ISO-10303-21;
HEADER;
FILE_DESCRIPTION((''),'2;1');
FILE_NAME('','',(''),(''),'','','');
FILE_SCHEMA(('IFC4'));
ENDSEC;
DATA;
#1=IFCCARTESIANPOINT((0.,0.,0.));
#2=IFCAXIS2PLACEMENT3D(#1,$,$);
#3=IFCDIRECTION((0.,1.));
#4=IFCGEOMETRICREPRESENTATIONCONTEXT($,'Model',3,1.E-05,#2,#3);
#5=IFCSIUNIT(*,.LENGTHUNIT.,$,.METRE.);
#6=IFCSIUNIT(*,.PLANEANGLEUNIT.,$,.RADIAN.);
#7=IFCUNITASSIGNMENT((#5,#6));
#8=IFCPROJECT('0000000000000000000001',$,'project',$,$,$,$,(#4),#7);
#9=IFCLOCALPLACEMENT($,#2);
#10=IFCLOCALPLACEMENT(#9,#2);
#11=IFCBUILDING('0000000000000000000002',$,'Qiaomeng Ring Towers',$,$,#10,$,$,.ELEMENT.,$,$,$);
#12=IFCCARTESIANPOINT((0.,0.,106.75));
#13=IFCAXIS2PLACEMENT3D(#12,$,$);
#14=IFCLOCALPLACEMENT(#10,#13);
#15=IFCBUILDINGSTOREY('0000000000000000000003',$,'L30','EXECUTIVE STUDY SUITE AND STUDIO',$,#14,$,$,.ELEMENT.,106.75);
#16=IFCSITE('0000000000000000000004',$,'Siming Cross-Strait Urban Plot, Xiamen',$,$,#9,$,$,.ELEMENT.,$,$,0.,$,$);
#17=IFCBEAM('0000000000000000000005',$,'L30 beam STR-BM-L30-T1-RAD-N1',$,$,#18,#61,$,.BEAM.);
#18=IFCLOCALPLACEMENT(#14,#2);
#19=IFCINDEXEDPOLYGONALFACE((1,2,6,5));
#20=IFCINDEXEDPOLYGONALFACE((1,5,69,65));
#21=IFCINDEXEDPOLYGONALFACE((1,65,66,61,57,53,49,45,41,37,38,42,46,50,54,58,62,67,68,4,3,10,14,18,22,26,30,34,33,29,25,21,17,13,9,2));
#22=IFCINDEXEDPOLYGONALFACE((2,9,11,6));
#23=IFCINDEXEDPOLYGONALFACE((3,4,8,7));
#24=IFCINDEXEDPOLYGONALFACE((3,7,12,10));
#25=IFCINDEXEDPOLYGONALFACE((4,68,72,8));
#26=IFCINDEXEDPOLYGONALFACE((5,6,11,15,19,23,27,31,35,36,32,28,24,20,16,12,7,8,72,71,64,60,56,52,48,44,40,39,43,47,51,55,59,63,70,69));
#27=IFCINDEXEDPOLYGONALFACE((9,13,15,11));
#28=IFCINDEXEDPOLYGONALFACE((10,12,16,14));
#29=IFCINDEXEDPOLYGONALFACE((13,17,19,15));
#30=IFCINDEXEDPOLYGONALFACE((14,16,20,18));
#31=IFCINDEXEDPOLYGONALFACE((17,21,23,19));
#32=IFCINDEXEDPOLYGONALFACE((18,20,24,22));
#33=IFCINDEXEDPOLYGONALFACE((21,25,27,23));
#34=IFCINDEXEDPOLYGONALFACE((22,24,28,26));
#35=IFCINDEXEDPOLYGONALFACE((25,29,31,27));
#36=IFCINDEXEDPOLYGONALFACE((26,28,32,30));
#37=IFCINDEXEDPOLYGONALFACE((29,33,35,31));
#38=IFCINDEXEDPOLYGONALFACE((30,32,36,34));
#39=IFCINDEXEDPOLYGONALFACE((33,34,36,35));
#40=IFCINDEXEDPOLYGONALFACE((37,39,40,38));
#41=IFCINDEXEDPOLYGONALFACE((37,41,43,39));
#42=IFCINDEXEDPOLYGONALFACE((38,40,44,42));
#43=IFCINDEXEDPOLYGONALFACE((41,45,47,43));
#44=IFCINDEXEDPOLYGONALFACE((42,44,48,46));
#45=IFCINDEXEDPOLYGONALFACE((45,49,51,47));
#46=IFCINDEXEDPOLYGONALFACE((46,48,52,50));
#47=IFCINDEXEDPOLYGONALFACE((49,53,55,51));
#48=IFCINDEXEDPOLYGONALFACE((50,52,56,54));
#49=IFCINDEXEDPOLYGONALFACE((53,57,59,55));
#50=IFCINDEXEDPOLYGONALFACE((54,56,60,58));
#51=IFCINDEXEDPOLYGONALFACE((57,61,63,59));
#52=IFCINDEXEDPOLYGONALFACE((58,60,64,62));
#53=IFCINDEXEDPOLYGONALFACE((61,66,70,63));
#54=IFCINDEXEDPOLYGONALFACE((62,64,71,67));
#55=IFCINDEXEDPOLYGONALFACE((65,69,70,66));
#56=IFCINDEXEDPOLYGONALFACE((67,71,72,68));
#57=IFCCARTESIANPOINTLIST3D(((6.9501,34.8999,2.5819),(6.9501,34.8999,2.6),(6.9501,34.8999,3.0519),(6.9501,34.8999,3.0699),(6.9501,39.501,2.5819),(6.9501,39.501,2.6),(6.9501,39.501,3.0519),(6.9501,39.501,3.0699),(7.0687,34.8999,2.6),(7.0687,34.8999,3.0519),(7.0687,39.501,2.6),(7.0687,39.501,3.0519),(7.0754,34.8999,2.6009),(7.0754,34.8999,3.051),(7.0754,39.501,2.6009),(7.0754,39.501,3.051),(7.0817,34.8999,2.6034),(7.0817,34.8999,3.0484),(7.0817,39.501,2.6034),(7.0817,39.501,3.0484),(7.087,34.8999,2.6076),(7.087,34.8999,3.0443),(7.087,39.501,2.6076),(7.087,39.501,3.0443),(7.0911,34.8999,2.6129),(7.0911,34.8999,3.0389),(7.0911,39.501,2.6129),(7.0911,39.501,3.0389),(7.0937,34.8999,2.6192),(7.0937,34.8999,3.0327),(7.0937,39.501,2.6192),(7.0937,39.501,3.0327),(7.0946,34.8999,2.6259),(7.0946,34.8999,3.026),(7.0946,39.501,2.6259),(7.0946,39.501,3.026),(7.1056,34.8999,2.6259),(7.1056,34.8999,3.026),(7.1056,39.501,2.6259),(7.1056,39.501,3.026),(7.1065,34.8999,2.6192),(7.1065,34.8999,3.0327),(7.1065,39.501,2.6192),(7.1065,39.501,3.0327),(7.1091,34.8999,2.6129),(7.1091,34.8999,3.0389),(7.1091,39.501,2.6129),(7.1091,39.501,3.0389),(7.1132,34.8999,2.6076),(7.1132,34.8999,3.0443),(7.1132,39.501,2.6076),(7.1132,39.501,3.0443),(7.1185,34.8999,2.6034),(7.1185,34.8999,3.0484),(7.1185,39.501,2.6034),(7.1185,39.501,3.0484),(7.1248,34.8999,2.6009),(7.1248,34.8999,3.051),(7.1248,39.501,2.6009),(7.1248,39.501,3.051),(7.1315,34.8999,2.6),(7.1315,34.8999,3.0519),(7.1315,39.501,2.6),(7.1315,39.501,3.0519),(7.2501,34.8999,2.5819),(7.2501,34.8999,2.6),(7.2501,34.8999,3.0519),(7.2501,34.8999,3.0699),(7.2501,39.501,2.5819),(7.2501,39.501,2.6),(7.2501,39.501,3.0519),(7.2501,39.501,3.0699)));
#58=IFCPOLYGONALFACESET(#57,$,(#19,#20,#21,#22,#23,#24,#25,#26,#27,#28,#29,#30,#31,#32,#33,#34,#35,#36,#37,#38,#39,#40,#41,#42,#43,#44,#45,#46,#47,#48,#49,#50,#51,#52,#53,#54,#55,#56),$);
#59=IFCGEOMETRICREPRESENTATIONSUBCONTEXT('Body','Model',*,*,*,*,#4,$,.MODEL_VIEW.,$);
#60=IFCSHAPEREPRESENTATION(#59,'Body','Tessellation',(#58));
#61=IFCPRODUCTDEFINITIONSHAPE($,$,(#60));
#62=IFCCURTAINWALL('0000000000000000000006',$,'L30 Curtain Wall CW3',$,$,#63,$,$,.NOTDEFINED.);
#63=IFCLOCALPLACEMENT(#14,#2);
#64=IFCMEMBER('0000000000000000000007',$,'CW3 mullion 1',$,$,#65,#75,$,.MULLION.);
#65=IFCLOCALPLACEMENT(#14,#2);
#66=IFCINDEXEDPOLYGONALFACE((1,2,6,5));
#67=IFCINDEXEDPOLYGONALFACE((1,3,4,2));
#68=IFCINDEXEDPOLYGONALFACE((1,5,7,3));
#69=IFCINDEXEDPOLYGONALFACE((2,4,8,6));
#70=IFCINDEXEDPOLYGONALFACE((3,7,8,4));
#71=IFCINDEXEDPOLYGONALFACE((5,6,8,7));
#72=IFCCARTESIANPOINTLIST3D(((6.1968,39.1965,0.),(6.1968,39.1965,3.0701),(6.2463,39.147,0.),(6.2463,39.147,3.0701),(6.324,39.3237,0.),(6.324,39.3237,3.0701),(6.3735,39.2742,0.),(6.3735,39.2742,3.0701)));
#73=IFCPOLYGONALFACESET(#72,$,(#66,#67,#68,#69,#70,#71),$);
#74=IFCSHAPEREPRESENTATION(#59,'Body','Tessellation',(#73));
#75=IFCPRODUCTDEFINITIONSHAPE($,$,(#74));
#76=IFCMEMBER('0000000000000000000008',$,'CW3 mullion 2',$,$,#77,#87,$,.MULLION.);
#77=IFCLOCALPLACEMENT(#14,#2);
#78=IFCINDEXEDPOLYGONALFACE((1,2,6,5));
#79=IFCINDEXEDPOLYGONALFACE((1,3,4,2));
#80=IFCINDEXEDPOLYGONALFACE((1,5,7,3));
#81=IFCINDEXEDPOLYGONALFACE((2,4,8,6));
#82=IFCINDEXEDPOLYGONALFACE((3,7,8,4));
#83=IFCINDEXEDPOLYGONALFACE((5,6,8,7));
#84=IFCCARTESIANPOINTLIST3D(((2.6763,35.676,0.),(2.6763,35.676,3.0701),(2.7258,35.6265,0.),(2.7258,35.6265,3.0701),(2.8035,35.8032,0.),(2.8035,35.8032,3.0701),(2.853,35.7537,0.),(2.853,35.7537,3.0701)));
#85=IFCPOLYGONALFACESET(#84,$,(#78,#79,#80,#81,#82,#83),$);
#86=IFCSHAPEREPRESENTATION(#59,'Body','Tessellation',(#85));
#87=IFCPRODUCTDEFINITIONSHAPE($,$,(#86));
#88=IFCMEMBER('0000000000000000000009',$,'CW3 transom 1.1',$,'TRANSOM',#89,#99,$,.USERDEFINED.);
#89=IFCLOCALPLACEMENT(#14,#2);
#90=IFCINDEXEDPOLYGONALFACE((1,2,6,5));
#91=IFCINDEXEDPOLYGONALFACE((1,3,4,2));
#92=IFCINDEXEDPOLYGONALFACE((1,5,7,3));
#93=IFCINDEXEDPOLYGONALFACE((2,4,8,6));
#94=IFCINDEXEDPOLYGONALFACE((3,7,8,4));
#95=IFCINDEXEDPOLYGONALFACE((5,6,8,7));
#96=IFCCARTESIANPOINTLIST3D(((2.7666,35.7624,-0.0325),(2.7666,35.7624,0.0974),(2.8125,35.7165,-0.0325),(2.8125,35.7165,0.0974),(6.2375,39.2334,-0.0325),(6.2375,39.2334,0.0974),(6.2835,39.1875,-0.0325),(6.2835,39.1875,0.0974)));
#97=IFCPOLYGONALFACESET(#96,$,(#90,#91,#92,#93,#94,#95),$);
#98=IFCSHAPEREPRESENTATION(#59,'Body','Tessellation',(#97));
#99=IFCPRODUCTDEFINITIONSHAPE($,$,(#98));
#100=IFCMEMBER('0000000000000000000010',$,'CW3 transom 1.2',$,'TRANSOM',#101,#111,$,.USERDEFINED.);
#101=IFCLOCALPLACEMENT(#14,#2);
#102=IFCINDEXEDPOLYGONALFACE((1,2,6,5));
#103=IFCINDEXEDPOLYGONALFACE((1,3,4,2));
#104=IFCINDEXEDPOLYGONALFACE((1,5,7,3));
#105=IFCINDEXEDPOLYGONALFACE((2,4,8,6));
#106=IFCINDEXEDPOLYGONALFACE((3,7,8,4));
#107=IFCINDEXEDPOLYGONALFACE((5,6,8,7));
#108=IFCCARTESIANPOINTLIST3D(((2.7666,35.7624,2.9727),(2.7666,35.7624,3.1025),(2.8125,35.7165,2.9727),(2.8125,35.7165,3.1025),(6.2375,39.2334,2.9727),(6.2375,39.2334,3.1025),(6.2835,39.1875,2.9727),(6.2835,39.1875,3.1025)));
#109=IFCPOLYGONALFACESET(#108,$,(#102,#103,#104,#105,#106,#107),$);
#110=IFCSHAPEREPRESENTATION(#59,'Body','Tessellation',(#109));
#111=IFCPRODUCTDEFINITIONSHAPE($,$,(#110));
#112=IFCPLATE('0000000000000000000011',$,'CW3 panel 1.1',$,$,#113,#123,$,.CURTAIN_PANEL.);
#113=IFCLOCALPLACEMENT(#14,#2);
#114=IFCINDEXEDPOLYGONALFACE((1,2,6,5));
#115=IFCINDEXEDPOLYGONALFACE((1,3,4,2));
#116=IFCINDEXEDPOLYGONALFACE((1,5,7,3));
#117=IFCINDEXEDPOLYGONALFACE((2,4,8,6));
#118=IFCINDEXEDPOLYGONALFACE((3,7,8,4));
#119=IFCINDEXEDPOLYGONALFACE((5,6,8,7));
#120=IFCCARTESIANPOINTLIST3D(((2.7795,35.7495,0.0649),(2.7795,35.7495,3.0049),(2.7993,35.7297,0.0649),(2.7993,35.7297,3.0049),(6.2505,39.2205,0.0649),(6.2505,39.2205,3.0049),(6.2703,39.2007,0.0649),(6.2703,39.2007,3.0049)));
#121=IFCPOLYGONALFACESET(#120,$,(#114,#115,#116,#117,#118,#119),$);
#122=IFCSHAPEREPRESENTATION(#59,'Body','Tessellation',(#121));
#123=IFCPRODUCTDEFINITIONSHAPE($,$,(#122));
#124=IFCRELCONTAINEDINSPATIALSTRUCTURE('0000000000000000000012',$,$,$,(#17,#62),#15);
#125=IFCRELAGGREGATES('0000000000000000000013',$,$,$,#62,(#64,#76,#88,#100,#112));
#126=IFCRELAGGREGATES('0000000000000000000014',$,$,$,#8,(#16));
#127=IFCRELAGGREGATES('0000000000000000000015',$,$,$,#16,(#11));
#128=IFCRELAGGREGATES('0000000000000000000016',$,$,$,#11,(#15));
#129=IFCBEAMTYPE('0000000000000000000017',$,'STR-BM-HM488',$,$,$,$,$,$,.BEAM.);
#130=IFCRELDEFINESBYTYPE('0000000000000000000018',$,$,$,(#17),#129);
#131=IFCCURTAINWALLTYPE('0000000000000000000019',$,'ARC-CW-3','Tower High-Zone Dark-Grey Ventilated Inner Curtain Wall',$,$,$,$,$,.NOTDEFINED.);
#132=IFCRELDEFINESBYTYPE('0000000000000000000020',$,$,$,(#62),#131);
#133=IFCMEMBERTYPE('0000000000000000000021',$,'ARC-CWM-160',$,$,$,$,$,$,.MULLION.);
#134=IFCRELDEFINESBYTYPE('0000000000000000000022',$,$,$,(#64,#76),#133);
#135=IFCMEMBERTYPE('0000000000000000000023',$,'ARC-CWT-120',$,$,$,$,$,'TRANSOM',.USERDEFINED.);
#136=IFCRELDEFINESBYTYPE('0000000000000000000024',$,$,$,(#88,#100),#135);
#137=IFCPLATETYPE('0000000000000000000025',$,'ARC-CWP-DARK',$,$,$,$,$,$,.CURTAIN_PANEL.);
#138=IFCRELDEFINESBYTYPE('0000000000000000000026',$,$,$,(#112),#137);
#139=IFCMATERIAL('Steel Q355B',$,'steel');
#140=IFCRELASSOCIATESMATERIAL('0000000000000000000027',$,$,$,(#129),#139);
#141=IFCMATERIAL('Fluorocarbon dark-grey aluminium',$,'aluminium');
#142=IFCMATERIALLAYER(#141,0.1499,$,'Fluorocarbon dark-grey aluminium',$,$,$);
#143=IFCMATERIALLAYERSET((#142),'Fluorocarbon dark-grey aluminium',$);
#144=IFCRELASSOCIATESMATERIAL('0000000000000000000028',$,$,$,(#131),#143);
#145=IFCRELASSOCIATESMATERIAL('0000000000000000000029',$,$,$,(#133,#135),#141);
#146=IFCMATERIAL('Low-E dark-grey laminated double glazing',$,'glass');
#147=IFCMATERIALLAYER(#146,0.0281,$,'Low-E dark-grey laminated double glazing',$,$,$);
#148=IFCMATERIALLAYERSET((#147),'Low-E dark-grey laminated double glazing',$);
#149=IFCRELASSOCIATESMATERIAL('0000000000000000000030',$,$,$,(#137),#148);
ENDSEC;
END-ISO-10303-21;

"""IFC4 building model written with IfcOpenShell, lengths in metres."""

from ifc_helpers import new_model, si_unit, direction, frame, origin, origin_2d, place, context, subcontext, project, spatial, rectangle, i_section, extrude, source, transform, mapped, material, layer, layer_set, material_profile, profile_set, type_object, element, aggregate, save


model = new_model("IFC4")

# Units and contexts
model_context = context("Model", 3, precision=1e-05, world=origin(), true_north=direction((0.0, 1.0)))
body_context = subcontext(model_context, "Body", "Model", "MODEL_VIEW")
ifc_project = project(units=[si_unit("LENGTHUNIT", "METRE"), si_unit("PLANEANGLEUNIT", "RADIAN")], contexts=[model_context])

# Site, building, storey
site_placement = place(None, origin())
site = spatial("IfcSite", under=ifc_project, at=site_placement, Name="Siming Cross-Strait Urban Plot, Xiamen", CompositionType="ELEMENT", RefElevation=0.0)
building_placement = place(site_placement, origin())
building = spatial("IfcBuilding", under=site, at=building_placement, Name="Qiaomeng Ring Towers", CompositionType="ELEMENT")
storey_placement = place(building_placement, frame((0.0, 0.0, 106.75)))
storey = spatial("IfcBuildingStorey", under=building, at=storey_placement, Name="L30", Description="EXECUTIVE STUDY SUITE AND STUDIO", CompositionType="ELEMENT", Elevation=106.75)

# Beam
ifc_material_1 = material(Name="Steel Q355B", Category="steel")
ifc_material_profile_1 = material_profile(ifc_material_1, i_section(OverallWidth=0.3, OverallDepth=0.488, WebThickness=0.011, FlangeThickness=0.0181, FilletRadius=0.0259, at=origin_2d()), Name="HM 488x300x11x18")
ifc_profile_set_1 = profile_set([ifc_material_profile_1], Name="Steel Q355B")
beam_type_1 = type_object("IfcBeamType", Name="STR-BM-HM488", PredefinedType="BEAM", material=ifc_profile_set_1)
shared_shape_1 = source(origin(), body_context, "Body", "SweptSolid", [
    extrude(i_section(OverallWidth=0.3, OverallDepth=0.488, WebThickness=0.011, FlangeThickness=0.0181, FilletRadius=0.0259, at=origin_2d()), origin(), (0.0, 0.0, 1.0), 4.6011),
])
beam_1_placement = place(storey_placement, frame((7.1001, 39.501, 2.8259), z_axis=(0.0, -1.0, 0.0), x_axis=(1.0, 0.0, 0.0)))
element("IfcBeam", 1, at=beam_1_placement, inside=storey, type_object=beam_type_1, Name="L30 beam STR-BM-L30-T1-RAD-N1", PredefinedType="BEAM", context=body_context, shape_type="MappedRepresentation", body=[
    mapped(shared_shape_1, transform((0.0, 0.0, 0.0), x_axis=(1.0, 0.0, 0.0), y_axis=(0.0, 1.0, 0.0), z_axis=(0.0, 0.0, 1.0), scale=1.0)),
])

# Curtain wall, members, plate
ifc_material_2 = material(Name="Fluorocarbon dark-grey aluminium", Category="aluminium")
ifc_layer_1 = layer(ifc_material_2, 0.1499, Name="Fluorocarbon dark-grey aluminium")
ifc_layer_set_1 = layer_set([ifc_layer_1], Name="Fluorocarbon dark-grey aluminium")
curtain_wall_type = type_object("IfcCurtainWallType", Name="ARC-CW-3", Description="Tower High-Zone Dark-Grey Ventilated Inner Curtain Wall", PredefinedType="NOTDEFINED", material=ifc_layer_set_1)
curtain_wall_placement = place(storey_placement, origin())
curtain_wall = element("IfcCurtainWall", 2, at=curtain_wall_placement, inside=storey, type_object=curtain_wall_type, Name="L30 Curtain Wall CW3", PredefinedType="NOTDEFINED")
ifc_material_profile_2 = material_profile(ifc_material_2, rectangle(XDim=0.0701, YDim=0.1799, at=origin_2d()), Name="ALU MULL 70x180")
ifc_profile_set_2 = profile_set([ifc_material_profile_2], Name="Fluorocarbon dark-grey aluminium")
member_type_1 = type_object("IfcMemberType", Name="ARC-CWM-160", PredefinedType="MULLION", material=ifc_profile_set_2)
shared_shape_2 = source(origin(), body_context, "Body", "SweptSolid", [
    extrude(rectangle(XDim=0.0701, YDim=0.1799, at=origin_2d()), origin(), (0.0, 0.0, 1.0), 3.0701),
])
member_1_placement = place(storey_placement, frame((6.2852, 39.2354, 0.0), z_axis=(0.0, 0.0, 1.0), x_axis=(0.707107, -0.707107, 0.0)))
member_1 = element("IfcMember", 3, at=member_1_placement, type_object=member_type_1, Name="CW3 mullion 1", PredefinedType="MULLION", context=body_context, shape_type="MappedRepresentation", body=[
    mapped(shared_shape_2, transform((0.0, 0.0, 0.0), x_axis=(1.0, 0.0, 0.0), y_axis=(0.0, 1.0, 0.0), z_axis=(0.0, 0.0, 1.0), scale=1.0)),
])
member_2_placement = place(storey_placement, frame((2.7646, 35.7148, 0.0), z_axis=(0.0, 0.0, 1.0), x_axis=(0.707107, -0.707107, 0.0)))
member_2 = element("IfcMember", 4, at=member_2_placement, type_object=member_type_1, Name="CW3 mullion 2", PredefinedType="MULLION", context=body_context, shape_type="MappedRepresentation", body=[
    mapped(shared_shape_2, transform((0.0, 0.0, 0.0), x_axis=(1.0, 0.0, 0.0), y_axis=(0.0, 1.0, 0.0), z_axis=(0.0, 0.0, 1.0), scale=1.0)),
])
ifc_material_profile_3 = material_profile(ifc_material_2, rectangle(XDim=0.0649, YDim=0.1299, at=origin_2d()), Name="ALU TRAN 65x130")
ifc_profile_set_3 = profile_set([ifc_material_profile_3], Name="Fluorocarbon dark-grey aluminium")
member_type_2 = type_object("IfcMemberType", Name="ARC-CWT-120", ElementType="TRANSOM", PredefinedType="USERDEFINED", material=ifc_profile_set_3)
shared_shape_3 = source(origin(), body_context, "Body", "SweptSolid", [
    extrude(rectangle(XDim=0.0649, YDim=0.1299, at=origin_2d()), origin(), (0.0, 0.0, 1.0), 4.9087),
])
member_3_placement = place(storey_placement, frame((6.2605, 39.2104, 0.0325), z_axis=(-0.707107, -0.707107, 0.0), x_axis=(0.707107, -0.707107, 0.0)))
member_3 = element("IfcMember", 5, at=member_3_placement, type_object=member_type_2, Name="CW3 transom 1.1", ObjectType="TRANSOM", PredefinedType="USERDEFINED", context=body_context, shape_type="MappedRepresentation", body=[
    mapped(shared_shape_3, transform((0.0, 0.0, 0.0), x_axis=(1.0, 0.0, 0.0), y_axis=(0.0, 1.0, 0.0), z_axis=(0.0, 0.0, 1.0), scale=1.0)),
])
member_4_placement = place(storey_placement, frame((6.2605, 39.2104, 3.0376), z_axis=(-0.707107, -0.707107, 0.0), x_axis=(0.707107, -0.707107, 0.0)))
member_4 = element("IfcMember", 6, at=member_4_placement, type_object=member_type_2, Name="CW3 transom 1.2", ObjectType="TRANSOM", PredefinedType="USERDEFINED", context=body_context, shape_type="MappedRepresentation", body=[
    mapped(shared_shape_3, transform((0.0, 0.0, 0.0), x_axis=(1.0, 0.0, 0.0), y_axis=(0.0, 1.0, 0.0), z_axis=(0.0, 0.0, 1.0), scale=1.0)),
])
ifc_material_3 = material(Name="Low-E dark-grey laminated double glazing", Category="glass")
ifc_layer_2 = layer(ifc_material_3, 0.0281, Name="Low-E dark-grey laminated double glazing")
ifc_layer_set_2 = layer_set([ifc_layer_2], Name="Low-E dark-grey laminated double glazing")
plate_type = type_object("IfcPlateType", Name="ARC-CWP-DARK", PredefinedType="CURTAIN_PANEL", material=ifc_layer_set_2)
shared_shape_4 = source(origin(), body_context, "Body", "SweptSolid", [
    extrude(rectangle(XDim=4.9087, YDim=0.0281, at=origin_2d()), origin(), (0.0, 0.0, 1.0), 2.9399),
])
plate_placement = place(storey_placement, frame((4.5249, 37.4751, 0.0649), z_axis=(0.0, 0.0, 1.0), x_axis=(-0.707107, -0.707107, 0.0)))
plate = element("IfcPlate", 7, at=plate_placement, type_object=plate_type, Name="CW3 panel 1.1", PredefinedType="CURTAIN_PANEL", context=body_context, shape_type="MappedRepresentation", body=[
    mapped(shared_shape_4, transform((0.0, 0.0, 0.0), x_axis=(1.0, 0.0, 0.0), y_axis=(0.0, 1.0, 0.0), z_axis=(0.0, 0.0, 1.0), scale=1.0)),
])
aggregate(curtain_wall, [member_1, member_2, member_3, member_4, plate])

save(model, "model.ifc")
